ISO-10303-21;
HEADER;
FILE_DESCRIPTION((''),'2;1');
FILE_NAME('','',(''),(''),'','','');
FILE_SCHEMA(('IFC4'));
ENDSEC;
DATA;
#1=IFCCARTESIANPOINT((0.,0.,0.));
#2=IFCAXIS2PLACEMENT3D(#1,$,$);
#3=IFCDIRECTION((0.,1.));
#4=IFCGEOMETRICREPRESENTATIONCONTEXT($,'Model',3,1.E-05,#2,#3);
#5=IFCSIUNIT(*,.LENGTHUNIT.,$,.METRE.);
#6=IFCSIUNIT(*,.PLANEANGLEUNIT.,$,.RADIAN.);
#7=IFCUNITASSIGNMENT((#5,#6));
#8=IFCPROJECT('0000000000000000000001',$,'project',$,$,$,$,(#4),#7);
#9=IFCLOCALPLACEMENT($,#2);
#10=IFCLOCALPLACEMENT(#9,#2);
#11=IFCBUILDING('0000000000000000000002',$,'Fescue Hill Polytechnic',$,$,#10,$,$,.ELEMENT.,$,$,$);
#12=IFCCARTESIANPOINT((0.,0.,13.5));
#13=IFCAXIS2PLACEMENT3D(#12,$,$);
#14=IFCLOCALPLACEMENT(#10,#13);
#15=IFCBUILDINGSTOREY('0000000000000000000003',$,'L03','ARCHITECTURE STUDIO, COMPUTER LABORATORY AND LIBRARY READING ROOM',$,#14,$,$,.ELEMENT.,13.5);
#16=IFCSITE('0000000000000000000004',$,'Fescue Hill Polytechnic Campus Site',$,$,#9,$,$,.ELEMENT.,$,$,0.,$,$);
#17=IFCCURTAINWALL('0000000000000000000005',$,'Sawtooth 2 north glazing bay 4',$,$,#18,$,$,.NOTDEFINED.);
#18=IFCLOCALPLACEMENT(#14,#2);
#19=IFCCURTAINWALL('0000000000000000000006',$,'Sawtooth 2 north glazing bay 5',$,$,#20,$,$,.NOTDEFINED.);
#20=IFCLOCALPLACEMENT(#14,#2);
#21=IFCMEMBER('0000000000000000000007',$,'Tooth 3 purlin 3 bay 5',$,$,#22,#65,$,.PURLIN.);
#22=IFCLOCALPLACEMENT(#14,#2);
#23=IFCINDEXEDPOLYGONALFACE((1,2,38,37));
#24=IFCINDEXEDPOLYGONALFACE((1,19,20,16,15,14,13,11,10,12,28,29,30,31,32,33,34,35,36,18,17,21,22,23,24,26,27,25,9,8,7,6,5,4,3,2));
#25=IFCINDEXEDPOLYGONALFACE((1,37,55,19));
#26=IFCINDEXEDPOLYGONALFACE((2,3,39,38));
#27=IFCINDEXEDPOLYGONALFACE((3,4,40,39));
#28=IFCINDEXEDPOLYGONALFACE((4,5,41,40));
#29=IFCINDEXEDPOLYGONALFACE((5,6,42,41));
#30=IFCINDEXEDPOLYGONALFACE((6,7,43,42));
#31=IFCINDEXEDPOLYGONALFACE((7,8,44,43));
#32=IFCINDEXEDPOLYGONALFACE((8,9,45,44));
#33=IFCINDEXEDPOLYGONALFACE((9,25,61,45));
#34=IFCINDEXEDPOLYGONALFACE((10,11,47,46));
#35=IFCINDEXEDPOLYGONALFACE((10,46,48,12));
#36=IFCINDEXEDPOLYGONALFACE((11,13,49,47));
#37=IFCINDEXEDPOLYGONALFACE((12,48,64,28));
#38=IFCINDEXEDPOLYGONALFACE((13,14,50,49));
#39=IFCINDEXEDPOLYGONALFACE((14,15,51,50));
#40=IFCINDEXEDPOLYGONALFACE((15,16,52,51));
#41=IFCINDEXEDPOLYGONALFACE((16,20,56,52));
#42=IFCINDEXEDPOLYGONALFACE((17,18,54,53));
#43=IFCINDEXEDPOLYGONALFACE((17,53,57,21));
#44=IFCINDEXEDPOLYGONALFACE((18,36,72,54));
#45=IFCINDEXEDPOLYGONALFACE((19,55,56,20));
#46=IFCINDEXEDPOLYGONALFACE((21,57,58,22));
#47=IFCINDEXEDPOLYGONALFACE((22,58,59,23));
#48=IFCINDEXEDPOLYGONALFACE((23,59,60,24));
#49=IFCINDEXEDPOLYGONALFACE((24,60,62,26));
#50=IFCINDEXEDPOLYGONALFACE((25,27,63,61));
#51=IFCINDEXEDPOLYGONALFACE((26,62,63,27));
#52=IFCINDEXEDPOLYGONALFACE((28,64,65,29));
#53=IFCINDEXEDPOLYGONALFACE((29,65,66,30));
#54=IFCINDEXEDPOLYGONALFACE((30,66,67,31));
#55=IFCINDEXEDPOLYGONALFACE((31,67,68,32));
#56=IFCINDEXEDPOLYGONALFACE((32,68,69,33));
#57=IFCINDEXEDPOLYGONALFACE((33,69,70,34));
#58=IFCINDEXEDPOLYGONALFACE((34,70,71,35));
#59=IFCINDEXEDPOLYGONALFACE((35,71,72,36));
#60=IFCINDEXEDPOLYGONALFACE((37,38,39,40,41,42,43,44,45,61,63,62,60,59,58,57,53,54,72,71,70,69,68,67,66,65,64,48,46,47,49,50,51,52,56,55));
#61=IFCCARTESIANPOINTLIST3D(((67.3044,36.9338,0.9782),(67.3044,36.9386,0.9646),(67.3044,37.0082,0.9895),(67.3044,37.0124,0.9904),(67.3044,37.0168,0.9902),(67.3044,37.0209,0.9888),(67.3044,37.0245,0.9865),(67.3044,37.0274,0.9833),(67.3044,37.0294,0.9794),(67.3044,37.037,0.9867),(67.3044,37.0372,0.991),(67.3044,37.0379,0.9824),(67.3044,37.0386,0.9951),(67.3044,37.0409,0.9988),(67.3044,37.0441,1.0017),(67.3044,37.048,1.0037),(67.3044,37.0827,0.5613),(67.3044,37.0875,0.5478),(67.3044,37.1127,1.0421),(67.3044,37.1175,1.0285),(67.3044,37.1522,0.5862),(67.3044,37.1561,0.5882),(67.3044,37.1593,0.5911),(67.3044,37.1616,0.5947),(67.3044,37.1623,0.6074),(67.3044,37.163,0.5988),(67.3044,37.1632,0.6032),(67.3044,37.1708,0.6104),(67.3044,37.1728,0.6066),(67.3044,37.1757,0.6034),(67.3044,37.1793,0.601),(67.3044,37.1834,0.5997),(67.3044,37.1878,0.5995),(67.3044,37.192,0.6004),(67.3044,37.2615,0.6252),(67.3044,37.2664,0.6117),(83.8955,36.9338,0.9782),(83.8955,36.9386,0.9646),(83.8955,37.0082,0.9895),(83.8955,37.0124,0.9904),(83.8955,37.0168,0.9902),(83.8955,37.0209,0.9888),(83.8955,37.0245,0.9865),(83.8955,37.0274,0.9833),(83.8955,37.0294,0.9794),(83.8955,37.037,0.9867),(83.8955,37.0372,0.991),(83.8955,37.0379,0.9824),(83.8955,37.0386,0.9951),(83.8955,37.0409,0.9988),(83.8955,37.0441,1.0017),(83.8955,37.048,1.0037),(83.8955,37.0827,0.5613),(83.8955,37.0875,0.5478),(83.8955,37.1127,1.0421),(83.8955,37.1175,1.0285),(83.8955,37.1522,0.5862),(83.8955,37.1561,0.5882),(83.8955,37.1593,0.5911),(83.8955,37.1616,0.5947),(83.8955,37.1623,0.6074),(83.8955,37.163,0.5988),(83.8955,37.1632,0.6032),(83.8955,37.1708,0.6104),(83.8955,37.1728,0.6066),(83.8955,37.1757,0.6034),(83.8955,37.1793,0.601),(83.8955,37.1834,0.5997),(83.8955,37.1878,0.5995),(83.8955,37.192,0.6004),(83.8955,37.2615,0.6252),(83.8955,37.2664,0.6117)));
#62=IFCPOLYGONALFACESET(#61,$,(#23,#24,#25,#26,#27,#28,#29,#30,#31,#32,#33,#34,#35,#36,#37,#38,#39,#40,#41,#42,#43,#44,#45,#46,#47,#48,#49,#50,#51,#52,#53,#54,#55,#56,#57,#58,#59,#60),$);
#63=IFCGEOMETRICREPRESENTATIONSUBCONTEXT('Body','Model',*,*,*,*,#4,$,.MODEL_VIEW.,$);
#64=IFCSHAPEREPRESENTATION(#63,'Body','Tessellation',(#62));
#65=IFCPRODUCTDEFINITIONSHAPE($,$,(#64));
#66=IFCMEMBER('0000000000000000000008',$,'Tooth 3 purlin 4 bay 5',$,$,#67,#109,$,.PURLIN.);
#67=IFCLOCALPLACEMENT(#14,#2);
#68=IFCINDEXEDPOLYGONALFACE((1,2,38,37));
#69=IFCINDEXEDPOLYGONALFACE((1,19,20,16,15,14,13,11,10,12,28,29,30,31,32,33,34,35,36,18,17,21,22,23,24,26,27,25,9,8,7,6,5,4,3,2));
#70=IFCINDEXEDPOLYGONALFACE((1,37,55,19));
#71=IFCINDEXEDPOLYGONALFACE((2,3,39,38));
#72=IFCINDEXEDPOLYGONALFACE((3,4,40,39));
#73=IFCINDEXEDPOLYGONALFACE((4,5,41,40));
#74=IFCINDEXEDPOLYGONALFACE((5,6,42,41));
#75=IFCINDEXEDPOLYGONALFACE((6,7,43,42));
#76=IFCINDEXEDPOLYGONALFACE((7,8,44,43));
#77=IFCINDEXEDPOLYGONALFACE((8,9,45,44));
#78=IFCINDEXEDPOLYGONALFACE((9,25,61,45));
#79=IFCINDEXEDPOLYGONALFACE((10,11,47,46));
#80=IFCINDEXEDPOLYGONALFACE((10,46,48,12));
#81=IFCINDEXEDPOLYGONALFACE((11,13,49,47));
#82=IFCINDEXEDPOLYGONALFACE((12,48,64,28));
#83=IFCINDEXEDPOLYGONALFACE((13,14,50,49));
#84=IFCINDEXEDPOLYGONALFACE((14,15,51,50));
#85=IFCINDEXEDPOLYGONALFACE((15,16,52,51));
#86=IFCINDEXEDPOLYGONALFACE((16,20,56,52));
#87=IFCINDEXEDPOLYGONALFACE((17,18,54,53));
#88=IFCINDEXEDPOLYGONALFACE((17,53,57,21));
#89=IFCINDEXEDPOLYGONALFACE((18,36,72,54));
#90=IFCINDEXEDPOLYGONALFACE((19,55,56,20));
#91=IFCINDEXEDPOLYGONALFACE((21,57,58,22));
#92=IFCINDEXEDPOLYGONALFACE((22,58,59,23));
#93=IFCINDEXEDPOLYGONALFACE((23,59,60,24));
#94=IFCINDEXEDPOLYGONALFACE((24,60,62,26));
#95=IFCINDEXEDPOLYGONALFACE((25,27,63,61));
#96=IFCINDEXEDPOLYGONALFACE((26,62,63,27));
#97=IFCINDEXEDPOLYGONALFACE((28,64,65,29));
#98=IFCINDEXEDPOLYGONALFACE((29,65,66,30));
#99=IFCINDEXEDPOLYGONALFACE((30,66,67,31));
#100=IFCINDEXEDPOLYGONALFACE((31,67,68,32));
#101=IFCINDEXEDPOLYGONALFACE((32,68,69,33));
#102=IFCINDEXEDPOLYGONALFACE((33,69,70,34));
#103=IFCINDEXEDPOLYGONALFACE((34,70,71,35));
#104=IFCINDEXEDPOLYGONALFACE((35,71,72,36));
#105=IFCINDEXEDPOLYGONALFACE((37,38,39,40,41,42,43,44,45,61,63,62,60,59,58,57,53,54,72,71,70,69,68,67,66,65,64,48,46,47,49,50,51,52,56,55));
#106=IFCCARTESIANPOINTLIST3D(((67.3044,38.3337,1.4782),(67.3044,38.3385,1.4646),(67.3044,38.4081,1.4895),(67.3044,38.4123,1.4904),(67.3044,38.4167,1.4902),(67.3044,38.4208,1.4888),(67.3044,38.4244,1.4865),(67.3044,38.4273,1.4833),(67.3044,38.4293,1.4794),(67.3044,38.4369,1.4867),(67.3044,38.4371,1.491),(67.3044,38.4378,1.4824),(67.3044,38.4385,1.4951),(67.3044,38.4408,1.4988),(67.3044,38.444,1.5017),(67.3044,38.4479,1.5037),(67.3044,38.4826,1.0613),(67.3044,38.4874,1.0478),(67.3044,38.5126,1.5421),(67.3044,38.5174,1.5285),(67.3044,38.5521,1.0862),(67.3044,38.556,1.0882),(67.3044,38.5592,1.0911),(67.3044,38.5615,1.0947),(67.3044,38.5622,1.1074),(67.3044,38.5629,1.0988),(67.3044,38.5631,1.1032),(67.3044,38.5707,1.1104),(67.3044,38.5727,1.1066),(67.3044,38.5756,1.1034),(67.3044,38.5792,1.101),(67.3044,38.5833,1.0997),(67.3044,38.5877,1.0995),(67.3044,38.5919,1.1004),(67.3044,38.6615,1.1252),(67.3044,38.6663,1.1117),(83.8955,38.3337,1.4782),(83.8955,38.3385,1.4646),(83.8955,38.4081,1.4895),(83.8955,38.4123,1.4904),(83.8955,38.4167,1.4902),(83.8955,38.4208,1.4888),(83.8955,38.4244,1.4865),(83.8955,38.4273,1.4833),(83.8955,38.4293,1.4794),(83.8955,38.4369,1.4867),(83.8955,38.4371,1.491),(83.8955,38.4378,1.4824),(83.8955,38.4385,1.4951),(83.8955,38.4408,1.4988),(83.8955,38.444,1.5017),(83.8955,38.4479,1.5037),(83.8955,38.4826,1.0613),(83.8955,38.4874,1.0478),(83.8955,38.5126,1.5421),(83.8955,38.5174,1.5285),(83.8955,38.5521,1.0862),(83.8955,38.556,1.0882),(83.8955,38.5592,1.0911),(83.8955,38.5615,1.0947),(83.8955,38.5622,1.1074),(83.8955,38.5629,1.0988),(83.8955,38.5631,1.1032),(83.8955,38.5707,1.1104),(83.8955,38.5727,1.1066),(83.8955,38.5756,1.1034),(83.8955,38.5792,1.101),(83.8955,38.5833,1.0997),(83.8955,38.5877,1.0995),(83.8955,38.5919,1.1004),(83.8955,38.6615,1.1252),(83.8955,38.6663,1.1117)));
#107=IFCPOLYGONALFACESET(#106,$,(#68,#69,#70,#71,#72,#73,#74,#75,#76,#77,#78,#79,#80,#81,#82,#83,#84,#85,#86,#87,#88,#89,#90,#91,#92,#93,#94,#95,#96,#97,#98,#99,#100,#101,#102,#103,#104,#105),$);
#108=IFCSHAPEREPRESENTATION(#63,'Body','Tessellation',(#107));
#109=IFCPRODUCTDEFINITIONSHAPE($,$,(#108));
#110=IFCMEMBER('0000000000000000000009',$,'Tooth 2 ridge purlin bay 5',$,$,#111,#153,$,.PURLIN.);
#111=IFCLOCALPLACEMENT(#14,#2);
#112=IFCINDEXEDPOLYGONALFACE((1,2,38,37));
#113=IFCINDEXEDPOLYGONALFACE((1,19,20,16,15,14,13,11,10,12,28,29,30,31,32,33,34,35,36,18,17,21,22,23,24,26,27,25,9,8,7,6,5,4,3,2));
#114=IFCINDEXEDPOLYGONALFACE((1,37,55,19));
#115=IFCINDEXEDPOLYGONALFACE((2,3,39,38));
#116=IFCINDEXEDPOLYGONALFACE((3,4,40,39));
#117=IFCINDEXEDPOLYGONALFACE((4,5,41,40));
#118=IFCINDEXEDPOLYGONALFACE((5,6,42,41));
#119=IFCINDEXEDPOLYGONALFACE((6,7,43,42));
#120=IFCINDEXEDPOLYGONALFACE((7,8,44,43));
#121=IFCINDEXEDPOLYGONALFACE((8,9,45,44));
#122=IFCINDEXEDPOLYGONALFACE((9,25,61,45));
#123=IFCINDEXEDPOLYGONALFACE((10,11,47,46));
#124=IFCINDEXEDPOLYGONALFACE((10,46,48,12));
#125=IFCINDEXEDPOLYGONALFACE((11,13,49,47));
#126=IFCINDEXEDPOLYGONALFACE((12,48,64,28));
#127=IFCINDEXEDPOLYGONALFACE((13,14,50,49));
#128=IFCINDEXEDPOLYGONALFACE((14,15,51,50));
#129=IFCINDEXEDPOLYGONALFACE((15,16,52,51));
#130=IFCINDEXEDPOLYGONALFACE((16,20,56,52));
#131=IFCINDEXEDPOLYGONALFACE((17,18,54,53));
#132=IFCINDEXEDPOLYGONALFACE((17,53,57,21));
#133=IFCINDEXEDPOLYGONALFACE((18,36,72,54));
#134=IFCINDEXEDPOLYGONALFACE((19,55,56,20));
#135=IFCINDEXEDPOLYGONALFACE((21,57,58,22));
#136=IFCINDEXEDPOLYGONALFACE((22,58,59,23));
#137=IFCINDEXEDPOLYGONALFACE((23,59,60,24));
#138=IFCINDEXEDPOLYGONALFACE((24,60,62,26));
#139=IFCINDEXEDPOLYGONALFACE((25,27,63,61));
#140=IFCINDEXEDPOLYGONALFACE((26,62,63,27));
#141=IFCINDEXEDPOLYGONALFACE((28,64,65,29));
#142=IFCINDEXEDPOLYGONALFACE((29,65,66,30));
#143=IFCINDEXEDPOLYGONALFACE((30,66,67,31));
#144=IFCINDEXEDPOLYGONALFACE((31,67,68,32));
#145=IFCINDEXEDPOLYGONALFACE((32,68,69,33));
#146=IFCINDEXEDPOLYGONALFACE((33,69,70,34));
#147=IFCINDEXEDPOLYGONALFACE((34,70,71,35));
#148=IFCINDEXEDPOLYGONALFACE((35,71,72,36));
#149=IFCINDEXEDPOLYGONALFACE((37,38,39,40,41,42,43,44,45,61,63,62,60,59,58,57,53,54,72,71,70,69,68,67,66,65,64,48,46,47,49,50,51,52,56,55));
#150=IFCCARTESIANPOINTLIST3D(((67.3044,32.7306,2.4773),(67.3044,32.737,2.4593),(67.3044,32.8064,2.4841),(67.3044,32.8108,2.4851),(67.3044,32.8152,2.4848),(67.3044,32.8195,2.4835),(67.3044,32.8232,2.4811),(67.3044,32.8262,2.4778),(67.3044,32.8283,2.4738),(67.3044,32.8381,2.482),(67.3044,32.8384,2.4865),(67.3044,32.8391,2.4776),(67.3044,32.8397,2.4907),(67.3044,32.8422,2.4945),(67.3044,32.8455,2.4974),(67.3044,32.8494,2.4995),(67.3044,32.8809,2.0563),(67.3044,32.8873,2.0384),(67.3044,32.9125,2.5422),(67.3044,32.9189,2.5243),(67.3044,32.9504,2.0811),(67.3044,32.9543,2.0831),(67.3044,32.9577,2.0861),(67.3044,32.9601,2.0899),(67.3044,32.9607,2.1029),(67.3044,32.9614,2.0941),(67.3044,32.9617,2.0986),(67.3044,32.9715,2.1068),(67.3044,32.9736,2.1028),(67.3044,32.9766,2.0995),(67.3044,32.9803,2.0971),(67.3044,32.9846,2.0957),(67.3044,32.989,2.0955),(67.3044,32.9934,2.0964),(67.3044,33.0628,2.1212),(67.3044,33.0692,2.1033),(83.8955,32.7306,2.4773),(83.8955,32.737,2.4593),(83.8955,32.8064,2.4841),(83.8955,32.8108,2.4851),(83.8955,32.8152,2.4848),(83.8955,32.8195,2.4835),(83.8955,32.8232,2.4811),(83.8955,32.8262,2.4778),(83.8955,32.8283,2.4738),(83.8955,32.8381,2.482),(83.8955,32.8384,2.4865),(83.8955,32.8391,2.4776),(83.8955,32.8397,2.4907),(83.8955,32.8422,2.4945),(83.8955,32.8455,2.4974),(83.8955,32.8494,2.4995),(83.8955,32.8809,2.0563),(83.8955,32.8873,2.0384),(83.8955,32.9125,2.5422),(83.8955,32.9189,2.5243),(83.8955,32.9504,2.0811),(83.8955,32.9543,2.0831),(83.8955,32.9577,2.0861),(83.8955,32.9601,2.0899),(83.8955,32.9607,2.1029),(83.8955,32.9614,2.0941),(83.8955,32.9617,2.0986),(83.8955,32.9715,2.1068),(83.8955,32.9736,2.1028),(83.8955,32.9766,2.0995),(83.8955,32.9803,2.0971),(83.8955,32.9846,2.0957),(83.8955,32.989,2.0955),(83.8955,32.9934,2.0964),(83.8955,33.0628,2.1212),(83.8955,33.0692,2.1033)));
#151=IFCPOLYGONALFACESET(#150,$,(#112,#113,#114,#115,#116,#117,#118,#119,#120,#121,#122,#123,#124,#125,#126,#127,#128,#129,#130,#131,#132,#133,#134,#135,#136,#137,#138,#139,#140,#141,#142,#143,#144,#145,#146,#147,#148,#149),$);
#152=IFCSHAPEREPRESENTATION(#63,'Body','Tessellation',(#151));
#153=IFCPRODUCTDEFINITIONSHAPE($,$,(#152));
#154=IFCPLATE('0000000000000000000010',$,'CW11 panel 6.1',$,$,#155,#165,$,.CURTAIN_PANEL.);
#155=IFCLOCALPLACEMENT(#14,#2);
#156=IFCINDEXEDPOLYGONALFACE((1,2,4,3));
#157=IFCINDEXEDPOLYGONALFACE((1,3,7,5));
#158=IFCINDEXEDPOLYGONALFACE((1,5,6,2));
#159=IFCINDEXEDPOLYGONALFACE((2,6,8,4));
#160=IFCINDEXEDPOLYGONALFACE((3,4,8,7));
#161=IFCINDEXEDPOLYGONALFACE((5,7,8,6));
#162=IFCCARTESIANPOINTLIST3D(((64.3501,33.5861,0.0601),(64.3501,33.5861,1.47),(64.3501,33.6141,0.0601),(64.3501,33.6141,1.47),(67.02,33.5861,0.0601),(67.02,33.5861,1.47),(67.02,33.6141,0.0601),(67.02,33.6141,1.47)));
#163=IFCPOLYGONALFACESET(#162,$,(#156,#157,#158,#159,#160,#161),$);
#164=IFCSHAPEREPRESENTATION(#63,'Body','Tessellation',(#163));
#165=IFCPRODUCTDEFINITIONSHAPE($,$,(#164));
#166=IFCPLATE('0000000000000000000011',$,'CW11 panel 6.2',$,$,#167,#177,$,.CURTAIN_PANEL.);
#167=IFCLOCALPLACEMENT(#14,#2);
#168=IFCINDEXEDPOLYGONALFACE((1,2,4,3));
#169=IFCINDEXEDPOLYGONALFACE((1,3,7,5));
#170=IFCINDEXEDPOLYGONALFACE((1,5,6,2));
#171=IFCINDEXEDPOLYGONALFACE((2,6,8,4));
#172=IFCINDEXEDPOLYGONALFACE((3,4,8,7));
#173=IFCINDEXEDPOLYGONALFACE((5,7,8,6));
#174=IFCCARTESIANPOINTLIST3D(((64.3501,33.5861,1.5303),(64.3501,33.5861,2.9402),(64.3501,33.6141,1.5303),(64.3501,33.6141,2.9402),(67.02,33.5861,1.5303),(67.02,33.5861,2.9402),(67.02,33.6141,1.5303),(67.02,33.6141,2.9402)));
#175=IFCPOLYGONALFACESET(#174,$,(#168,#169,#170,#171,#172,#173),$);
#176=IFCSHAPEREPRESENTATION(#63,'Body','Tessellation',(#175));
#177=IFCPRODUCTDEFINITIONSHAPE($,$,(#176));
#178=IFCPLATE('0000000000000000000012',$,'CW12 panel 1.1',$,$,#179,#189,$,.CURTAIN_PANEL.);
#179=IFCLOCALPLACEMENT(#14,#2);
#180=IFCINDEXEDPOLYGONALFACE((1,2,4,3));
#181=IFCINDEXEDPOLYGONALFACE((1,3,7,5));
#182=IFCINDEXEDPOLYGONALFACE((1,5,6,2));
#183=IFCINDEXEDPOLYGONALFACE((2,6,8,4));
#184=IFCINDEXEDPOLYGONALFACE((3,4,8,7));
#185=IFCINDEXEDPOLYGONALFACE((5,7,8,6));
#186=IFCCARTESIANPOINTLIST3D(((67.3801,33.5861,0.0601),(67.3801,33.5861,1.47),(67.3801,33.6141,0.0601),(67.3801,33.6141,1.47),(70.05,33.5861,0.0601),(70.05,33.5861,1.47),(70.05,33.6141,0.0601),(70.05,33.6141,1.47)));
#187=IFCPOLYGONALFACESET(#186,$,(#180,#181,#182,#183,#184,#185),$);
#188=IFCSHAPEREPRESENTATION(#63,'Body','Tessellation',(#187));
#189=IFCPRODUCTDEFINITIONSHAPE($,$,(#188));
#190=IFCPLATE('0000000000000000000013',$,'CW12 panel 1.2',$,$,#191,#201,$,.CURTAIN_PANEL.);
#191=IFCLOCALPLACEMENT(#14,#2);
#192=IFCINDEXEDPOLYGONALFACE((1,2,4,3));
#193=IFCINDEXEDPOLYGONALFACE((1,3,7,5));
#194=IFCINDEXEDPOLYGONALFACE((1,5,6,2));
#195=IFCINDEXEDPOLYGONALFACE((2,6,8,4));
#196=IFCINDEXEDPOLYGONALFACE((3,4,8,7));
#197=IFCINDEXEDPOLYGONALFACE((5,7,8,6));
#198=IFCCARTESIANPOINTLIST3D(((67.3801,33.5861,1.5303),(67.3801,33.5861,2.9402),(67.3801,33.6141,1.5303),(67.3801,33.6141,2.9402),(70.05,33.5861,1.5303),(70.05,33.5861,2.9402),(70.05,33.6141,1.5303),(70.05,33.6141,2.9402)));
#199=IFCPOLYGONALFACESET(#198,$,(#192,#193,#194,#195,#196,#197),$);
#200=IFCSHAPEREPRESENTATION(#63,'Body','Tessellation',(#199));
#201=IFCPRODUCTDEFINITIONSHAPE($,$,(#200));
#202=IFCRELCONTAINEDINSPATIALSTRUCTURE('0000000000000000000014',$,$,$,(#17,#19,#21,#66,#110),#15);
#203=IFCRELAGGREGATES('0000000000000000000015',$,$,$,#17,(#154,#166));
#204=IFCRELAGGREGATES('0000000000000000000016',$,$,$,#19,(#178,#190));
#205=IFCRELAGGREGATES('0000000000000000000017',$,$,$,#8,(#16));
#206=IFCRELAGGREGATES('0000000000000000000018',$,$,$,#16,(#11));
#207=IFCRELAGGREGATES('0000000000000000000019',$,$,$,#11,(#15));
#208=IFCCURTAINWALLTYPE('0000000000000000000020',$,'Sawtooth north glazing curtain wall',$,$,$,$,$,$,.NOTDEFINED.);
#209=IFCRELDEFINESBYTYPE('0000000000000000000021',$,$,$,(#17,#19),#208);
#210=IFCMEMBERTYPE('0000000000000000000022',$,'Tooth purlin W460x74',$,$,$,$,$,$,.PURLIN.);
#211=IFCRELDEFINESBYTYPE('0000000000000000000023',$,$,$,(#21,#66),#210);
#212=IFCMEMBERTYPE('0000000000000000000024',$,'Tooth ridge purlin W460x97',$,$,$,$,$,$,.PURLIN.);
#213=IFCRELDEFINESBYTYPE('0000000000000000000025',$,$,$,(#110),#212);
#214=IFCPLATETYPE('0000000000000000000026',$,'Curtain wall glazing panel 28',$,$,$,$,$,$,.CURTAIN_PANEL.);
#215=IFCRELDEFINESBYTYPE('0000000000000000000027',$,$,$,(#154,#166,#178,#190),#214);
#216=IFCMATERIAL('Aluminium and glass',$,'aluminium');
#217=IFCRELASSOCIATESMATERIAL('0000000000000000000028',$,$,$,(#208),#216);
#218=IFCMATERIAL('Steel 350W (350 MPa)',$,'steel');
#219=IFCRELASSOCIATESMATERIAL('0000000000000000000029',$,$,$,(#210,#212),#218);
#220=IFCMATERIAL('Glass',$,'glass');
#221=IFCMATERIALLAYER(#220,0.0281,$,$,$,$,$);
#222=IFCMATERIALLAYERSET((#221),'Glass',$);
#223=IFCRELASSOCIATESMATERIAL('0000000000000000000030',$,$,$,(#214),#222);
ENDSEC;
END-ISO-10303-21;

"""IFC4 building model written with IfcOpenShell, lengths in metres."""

from ifc_helpers import new_model, si_unit, direction, frame, origin, origin_2d, place, context, subcontext, project, spatial, rectangle, i_section, extrude, material, layer, layer_set, material_profile, profile_set, type_object, element, aggregate, save


model = new_model("IFC4")

# Units and contexts
model_context = context("Model", 3, precision=1e-05, world=origin(), true_north=direction((0.0, 1.0)))
body_context = subcontext(model_context, "Body", "Model", "MODEL_VIEW")
ifc_project = project(units=[si_unit("LENGTHUNIT", "METRE"), si_unit("PLANEANGLEUNIT", "RADIAN")], contexts=[model_context])

# Site, building, storey
site_placement = place(None, origin())
site = spatial("IfcSite", under=ifc_project, at=site_placement, Name="Fescue Hill Polytechnic Campus Site", CompositionType="ELEMENT", RefElevation=0.0)
building_placement = place(site_placement, origin())
building = spatial("IfcBuilding", under=site, at=building_placement, Name="Fescue Hill Polytechnic", CompositionType="ELEMENT")
storey_placement = place(building_placement, frame((0.0, 0.0, 13.5)))
storey = spatial("IfcBuildingStorey", under=building, at=storey_placement, Name="L03", Description="ARCHITECTURE STUDIO, COMPUTER LABORATORY AND LIBRARY READING ROOM", CompositionType="ELEMENT", Elevation=13.5)

# Curtain wall
ifc_material_1 = material(Name="Aluminium and glass", Category="aluminium")
curtain_wall_type = type_object("IfcCurtainWallType", Name="Sawtooth north glazing curtain wall", PredefinedType="NOTDEFINED", material=ifc_material_1)
curtain_wall_1_placement = place(storey_placement, origin())
curtain_wall_1 = element("IfcCurtainWall", 1, at=curtain_wall_1_placement, inside=storey, type_object=curtain_wall_type, Name="Sawtooth 2 north glazing bay 4", PredefinedType="NOTDEFINED")

# Curtain wall
curtain_wall_2_placement = place(storey_placement, origin())
curtain_wall_2 = element("IfcCurtainWall", 2, at=curtain_wall_2_placement, inside=storey, type_object=curtain_wall_type, Name="Sawtooth 2 north glazing bay 5", PredefinedType="NOTDEFINED")

# Members
ifc_material_2 = material(Name="Steel 350W (350 MPa)", Category="steel")
ifc_material_profile_1 = material_profile(ifc_material_2, i_section(OverallWidth=0.1899, OverallDepth=0.457, WebThickness=0.009, FlangeThickness=0.0144, FilletRadius=0.0166, at=origin_2d()), Name="W460x74")
ifc_profile_set_1 = profile_set([ifc_material_profile_1], Name="Steel 350W (350 MPa)")
member_type_1 = type_object("IfcMemberType", Name="Tooth purlin W460x74", PredefinedType="PURLIN", material=ifc_profile_set_1)
for number, where, z_axis, x_axis, name in (
    (3, (67.3044, 37.1001, 0.7949), (1.0, 0.0, 0.0), (0.0, 0.941742, 0.336336), "Tooth 3 purlin 3 bay 5"),
    (4, (67.3044, 38.5, 1.2949), (1.0, 0.0, 0.0), (0.0, 0.941742, 0.336336), "Tooth 3 purlin 4 bay 5"),
):
    element("IfcMember", number, at=place(storey_placement, frame(where, z_axis=z_axis, x_axis=x_axis)), inside=storey, type_object=member_type_1, Name=name, PredefinedType="PURLIN", context=body_context, shape_type="SweptSolid", body=[
        extrude(i_section(OverallWidth=0.1899, OverallDepth=0.457, WebThickness=0.009, FlangeThickness=0.0144, FilletRadius=0.0166, at=origin_2d()), origin(), (0.0, 0.0, 1.0), 16.5911),
    ])
ifc_material_profile_2 = material_profile(ifc_material_2, i_section(OverallWidth=0.1931, OverallDepth=0.4661, WebThickness=0.0115, FlangeThickness=0.019, FilletRadius=0.0171, at=origin_2d()), Name="W460x97")
ifc_profile_set_2 = profile_set([ifc_material_profile_2], Name="Steel 350W (350 MPa)")
member_type_2 = type_object("IfcMemberType", Name="Tooth ridge purlin W460x97", PredefinedType="PURLIN", material=ifc_profile_set_2)
member_1_placement = place(storey_placement, frame((67.3044, 32.8999, 2.2903), z_axis=(1.0, 0.0, 0.0), x_axis=(0.0, 0.941742, 0.336336)))
element("IfcMember", 5, at=member_1_placement, inside=storey, type_object=member_type_2, Name="Tooth 2 ridge purlin bay 5", PredefinedType="PURLIN", context=body_context, shape_type="SweptSolid", body=[
    extrude(i_section(OverallWidth=0.1931, OverallDepth=0.4661, WebThickness=0.0115, FlangeThickness=0.019, FilletRadius=0.0171, at=origin_2d()), origin(), (0.0, 0.0, 1.0), 16.5911),
])

# Plates
ifc_material_3 = material(Name="Glass", Category="glass")
ifc_layer = layer(ifc_material_3, 0.0281)
ifc_layer_set = layer_set([ifc_layer], Name="Glass")
plate_type = type_object("IfcPlateType", Name="Curtain wall glazing panel 28", PredefinedType="CURTAIN_PANEL", material=ifc_layer_set)
plate_1_placement = place(storey_placement, frame((65.6851, 33.6001, 0.0601), z_axis=(0.0, 0.0, 1.0), x_axis=(1.0, 0.0, 0.0)))
plate_1 = element("IfcPlate", 6, at=plate_1_placement, type_object=plate_type, Name="CW11 panel 6.1", PredefinedType="CURTAIN_PANEL", context=body_context, shape_type="SweptSolid", body=[
    extrude(rectangle(XDim=2.6699, YDim=0.0281, at=origin_2d()), origin(), (0.0, 0.0, 1.0), 1.4099),
])
plate_2_placement = place(storey_placement, frame((65.6851, 33.6001, 1.5303), z_axis=(0.0, 0.0, 1.0), x_axis=(1.0, 0.0, 0.0)))
plate_2 = element("IfcPlate", 7, at=plate_2_placement, type_object=plate_type, Name="CW11 panel 6.2", PredefinedType="CURTAIN_PANEL", context=body_context, shape_type="SweptSolid", body=[
    extrude(rectangle(XDim=2.6699, YDim=0.0281, at=origin_2d()), origin(), (0.0, 0.0, 1.0), 1.4099),
])
aggregate(curtain_wall_1, [plate_1, plate_2])
plate_3_placement = place(storey_placement, frame((68.7151, 33.6001, 0.0601), z_axis=(0.0, 0.0, 1.0), x_axis=(1.0, 0.0, 0.0)))
plate_3 = element("IfcPlate", 8, at=plate_3_placement, type_object=plate_type, Name="CW12 panel 1.1", PredefinedType="CURTAIN_PANEL", context=body_context, shape_type="SweptSolid", body=[
    extrude(rectangle(XDim=2.6699, YDim=0.0281, at=origin_2d()), origin(), (0.0, 0.0, 1.0), 1.4099),
])
plate_4_placement = place(storey_placement, frame((68.7151, 33.6001, 1.5303), z_axis=(0.0, 0.0, 1.0), x_axis=(1.0, 0.0, 0.0)))
plate_4 = element("IfcPlate", 9, at=plate_4_placement, type_object=plate_type, Name="CW12 panel 1.2", PredefinedType="CURTAIN_PANEL", context=body_context, shape_type="SweptSolid", body=[
    extrude(rectangle(XDim=2.6699, YDim=0.0281, at=origin_2d()), origin(), (0.0, 0.0, 1.0), 1.4099),
])
aggregate(curtain_wall_2, [plate_3, plate_4])

save(model, "model.ifc")
